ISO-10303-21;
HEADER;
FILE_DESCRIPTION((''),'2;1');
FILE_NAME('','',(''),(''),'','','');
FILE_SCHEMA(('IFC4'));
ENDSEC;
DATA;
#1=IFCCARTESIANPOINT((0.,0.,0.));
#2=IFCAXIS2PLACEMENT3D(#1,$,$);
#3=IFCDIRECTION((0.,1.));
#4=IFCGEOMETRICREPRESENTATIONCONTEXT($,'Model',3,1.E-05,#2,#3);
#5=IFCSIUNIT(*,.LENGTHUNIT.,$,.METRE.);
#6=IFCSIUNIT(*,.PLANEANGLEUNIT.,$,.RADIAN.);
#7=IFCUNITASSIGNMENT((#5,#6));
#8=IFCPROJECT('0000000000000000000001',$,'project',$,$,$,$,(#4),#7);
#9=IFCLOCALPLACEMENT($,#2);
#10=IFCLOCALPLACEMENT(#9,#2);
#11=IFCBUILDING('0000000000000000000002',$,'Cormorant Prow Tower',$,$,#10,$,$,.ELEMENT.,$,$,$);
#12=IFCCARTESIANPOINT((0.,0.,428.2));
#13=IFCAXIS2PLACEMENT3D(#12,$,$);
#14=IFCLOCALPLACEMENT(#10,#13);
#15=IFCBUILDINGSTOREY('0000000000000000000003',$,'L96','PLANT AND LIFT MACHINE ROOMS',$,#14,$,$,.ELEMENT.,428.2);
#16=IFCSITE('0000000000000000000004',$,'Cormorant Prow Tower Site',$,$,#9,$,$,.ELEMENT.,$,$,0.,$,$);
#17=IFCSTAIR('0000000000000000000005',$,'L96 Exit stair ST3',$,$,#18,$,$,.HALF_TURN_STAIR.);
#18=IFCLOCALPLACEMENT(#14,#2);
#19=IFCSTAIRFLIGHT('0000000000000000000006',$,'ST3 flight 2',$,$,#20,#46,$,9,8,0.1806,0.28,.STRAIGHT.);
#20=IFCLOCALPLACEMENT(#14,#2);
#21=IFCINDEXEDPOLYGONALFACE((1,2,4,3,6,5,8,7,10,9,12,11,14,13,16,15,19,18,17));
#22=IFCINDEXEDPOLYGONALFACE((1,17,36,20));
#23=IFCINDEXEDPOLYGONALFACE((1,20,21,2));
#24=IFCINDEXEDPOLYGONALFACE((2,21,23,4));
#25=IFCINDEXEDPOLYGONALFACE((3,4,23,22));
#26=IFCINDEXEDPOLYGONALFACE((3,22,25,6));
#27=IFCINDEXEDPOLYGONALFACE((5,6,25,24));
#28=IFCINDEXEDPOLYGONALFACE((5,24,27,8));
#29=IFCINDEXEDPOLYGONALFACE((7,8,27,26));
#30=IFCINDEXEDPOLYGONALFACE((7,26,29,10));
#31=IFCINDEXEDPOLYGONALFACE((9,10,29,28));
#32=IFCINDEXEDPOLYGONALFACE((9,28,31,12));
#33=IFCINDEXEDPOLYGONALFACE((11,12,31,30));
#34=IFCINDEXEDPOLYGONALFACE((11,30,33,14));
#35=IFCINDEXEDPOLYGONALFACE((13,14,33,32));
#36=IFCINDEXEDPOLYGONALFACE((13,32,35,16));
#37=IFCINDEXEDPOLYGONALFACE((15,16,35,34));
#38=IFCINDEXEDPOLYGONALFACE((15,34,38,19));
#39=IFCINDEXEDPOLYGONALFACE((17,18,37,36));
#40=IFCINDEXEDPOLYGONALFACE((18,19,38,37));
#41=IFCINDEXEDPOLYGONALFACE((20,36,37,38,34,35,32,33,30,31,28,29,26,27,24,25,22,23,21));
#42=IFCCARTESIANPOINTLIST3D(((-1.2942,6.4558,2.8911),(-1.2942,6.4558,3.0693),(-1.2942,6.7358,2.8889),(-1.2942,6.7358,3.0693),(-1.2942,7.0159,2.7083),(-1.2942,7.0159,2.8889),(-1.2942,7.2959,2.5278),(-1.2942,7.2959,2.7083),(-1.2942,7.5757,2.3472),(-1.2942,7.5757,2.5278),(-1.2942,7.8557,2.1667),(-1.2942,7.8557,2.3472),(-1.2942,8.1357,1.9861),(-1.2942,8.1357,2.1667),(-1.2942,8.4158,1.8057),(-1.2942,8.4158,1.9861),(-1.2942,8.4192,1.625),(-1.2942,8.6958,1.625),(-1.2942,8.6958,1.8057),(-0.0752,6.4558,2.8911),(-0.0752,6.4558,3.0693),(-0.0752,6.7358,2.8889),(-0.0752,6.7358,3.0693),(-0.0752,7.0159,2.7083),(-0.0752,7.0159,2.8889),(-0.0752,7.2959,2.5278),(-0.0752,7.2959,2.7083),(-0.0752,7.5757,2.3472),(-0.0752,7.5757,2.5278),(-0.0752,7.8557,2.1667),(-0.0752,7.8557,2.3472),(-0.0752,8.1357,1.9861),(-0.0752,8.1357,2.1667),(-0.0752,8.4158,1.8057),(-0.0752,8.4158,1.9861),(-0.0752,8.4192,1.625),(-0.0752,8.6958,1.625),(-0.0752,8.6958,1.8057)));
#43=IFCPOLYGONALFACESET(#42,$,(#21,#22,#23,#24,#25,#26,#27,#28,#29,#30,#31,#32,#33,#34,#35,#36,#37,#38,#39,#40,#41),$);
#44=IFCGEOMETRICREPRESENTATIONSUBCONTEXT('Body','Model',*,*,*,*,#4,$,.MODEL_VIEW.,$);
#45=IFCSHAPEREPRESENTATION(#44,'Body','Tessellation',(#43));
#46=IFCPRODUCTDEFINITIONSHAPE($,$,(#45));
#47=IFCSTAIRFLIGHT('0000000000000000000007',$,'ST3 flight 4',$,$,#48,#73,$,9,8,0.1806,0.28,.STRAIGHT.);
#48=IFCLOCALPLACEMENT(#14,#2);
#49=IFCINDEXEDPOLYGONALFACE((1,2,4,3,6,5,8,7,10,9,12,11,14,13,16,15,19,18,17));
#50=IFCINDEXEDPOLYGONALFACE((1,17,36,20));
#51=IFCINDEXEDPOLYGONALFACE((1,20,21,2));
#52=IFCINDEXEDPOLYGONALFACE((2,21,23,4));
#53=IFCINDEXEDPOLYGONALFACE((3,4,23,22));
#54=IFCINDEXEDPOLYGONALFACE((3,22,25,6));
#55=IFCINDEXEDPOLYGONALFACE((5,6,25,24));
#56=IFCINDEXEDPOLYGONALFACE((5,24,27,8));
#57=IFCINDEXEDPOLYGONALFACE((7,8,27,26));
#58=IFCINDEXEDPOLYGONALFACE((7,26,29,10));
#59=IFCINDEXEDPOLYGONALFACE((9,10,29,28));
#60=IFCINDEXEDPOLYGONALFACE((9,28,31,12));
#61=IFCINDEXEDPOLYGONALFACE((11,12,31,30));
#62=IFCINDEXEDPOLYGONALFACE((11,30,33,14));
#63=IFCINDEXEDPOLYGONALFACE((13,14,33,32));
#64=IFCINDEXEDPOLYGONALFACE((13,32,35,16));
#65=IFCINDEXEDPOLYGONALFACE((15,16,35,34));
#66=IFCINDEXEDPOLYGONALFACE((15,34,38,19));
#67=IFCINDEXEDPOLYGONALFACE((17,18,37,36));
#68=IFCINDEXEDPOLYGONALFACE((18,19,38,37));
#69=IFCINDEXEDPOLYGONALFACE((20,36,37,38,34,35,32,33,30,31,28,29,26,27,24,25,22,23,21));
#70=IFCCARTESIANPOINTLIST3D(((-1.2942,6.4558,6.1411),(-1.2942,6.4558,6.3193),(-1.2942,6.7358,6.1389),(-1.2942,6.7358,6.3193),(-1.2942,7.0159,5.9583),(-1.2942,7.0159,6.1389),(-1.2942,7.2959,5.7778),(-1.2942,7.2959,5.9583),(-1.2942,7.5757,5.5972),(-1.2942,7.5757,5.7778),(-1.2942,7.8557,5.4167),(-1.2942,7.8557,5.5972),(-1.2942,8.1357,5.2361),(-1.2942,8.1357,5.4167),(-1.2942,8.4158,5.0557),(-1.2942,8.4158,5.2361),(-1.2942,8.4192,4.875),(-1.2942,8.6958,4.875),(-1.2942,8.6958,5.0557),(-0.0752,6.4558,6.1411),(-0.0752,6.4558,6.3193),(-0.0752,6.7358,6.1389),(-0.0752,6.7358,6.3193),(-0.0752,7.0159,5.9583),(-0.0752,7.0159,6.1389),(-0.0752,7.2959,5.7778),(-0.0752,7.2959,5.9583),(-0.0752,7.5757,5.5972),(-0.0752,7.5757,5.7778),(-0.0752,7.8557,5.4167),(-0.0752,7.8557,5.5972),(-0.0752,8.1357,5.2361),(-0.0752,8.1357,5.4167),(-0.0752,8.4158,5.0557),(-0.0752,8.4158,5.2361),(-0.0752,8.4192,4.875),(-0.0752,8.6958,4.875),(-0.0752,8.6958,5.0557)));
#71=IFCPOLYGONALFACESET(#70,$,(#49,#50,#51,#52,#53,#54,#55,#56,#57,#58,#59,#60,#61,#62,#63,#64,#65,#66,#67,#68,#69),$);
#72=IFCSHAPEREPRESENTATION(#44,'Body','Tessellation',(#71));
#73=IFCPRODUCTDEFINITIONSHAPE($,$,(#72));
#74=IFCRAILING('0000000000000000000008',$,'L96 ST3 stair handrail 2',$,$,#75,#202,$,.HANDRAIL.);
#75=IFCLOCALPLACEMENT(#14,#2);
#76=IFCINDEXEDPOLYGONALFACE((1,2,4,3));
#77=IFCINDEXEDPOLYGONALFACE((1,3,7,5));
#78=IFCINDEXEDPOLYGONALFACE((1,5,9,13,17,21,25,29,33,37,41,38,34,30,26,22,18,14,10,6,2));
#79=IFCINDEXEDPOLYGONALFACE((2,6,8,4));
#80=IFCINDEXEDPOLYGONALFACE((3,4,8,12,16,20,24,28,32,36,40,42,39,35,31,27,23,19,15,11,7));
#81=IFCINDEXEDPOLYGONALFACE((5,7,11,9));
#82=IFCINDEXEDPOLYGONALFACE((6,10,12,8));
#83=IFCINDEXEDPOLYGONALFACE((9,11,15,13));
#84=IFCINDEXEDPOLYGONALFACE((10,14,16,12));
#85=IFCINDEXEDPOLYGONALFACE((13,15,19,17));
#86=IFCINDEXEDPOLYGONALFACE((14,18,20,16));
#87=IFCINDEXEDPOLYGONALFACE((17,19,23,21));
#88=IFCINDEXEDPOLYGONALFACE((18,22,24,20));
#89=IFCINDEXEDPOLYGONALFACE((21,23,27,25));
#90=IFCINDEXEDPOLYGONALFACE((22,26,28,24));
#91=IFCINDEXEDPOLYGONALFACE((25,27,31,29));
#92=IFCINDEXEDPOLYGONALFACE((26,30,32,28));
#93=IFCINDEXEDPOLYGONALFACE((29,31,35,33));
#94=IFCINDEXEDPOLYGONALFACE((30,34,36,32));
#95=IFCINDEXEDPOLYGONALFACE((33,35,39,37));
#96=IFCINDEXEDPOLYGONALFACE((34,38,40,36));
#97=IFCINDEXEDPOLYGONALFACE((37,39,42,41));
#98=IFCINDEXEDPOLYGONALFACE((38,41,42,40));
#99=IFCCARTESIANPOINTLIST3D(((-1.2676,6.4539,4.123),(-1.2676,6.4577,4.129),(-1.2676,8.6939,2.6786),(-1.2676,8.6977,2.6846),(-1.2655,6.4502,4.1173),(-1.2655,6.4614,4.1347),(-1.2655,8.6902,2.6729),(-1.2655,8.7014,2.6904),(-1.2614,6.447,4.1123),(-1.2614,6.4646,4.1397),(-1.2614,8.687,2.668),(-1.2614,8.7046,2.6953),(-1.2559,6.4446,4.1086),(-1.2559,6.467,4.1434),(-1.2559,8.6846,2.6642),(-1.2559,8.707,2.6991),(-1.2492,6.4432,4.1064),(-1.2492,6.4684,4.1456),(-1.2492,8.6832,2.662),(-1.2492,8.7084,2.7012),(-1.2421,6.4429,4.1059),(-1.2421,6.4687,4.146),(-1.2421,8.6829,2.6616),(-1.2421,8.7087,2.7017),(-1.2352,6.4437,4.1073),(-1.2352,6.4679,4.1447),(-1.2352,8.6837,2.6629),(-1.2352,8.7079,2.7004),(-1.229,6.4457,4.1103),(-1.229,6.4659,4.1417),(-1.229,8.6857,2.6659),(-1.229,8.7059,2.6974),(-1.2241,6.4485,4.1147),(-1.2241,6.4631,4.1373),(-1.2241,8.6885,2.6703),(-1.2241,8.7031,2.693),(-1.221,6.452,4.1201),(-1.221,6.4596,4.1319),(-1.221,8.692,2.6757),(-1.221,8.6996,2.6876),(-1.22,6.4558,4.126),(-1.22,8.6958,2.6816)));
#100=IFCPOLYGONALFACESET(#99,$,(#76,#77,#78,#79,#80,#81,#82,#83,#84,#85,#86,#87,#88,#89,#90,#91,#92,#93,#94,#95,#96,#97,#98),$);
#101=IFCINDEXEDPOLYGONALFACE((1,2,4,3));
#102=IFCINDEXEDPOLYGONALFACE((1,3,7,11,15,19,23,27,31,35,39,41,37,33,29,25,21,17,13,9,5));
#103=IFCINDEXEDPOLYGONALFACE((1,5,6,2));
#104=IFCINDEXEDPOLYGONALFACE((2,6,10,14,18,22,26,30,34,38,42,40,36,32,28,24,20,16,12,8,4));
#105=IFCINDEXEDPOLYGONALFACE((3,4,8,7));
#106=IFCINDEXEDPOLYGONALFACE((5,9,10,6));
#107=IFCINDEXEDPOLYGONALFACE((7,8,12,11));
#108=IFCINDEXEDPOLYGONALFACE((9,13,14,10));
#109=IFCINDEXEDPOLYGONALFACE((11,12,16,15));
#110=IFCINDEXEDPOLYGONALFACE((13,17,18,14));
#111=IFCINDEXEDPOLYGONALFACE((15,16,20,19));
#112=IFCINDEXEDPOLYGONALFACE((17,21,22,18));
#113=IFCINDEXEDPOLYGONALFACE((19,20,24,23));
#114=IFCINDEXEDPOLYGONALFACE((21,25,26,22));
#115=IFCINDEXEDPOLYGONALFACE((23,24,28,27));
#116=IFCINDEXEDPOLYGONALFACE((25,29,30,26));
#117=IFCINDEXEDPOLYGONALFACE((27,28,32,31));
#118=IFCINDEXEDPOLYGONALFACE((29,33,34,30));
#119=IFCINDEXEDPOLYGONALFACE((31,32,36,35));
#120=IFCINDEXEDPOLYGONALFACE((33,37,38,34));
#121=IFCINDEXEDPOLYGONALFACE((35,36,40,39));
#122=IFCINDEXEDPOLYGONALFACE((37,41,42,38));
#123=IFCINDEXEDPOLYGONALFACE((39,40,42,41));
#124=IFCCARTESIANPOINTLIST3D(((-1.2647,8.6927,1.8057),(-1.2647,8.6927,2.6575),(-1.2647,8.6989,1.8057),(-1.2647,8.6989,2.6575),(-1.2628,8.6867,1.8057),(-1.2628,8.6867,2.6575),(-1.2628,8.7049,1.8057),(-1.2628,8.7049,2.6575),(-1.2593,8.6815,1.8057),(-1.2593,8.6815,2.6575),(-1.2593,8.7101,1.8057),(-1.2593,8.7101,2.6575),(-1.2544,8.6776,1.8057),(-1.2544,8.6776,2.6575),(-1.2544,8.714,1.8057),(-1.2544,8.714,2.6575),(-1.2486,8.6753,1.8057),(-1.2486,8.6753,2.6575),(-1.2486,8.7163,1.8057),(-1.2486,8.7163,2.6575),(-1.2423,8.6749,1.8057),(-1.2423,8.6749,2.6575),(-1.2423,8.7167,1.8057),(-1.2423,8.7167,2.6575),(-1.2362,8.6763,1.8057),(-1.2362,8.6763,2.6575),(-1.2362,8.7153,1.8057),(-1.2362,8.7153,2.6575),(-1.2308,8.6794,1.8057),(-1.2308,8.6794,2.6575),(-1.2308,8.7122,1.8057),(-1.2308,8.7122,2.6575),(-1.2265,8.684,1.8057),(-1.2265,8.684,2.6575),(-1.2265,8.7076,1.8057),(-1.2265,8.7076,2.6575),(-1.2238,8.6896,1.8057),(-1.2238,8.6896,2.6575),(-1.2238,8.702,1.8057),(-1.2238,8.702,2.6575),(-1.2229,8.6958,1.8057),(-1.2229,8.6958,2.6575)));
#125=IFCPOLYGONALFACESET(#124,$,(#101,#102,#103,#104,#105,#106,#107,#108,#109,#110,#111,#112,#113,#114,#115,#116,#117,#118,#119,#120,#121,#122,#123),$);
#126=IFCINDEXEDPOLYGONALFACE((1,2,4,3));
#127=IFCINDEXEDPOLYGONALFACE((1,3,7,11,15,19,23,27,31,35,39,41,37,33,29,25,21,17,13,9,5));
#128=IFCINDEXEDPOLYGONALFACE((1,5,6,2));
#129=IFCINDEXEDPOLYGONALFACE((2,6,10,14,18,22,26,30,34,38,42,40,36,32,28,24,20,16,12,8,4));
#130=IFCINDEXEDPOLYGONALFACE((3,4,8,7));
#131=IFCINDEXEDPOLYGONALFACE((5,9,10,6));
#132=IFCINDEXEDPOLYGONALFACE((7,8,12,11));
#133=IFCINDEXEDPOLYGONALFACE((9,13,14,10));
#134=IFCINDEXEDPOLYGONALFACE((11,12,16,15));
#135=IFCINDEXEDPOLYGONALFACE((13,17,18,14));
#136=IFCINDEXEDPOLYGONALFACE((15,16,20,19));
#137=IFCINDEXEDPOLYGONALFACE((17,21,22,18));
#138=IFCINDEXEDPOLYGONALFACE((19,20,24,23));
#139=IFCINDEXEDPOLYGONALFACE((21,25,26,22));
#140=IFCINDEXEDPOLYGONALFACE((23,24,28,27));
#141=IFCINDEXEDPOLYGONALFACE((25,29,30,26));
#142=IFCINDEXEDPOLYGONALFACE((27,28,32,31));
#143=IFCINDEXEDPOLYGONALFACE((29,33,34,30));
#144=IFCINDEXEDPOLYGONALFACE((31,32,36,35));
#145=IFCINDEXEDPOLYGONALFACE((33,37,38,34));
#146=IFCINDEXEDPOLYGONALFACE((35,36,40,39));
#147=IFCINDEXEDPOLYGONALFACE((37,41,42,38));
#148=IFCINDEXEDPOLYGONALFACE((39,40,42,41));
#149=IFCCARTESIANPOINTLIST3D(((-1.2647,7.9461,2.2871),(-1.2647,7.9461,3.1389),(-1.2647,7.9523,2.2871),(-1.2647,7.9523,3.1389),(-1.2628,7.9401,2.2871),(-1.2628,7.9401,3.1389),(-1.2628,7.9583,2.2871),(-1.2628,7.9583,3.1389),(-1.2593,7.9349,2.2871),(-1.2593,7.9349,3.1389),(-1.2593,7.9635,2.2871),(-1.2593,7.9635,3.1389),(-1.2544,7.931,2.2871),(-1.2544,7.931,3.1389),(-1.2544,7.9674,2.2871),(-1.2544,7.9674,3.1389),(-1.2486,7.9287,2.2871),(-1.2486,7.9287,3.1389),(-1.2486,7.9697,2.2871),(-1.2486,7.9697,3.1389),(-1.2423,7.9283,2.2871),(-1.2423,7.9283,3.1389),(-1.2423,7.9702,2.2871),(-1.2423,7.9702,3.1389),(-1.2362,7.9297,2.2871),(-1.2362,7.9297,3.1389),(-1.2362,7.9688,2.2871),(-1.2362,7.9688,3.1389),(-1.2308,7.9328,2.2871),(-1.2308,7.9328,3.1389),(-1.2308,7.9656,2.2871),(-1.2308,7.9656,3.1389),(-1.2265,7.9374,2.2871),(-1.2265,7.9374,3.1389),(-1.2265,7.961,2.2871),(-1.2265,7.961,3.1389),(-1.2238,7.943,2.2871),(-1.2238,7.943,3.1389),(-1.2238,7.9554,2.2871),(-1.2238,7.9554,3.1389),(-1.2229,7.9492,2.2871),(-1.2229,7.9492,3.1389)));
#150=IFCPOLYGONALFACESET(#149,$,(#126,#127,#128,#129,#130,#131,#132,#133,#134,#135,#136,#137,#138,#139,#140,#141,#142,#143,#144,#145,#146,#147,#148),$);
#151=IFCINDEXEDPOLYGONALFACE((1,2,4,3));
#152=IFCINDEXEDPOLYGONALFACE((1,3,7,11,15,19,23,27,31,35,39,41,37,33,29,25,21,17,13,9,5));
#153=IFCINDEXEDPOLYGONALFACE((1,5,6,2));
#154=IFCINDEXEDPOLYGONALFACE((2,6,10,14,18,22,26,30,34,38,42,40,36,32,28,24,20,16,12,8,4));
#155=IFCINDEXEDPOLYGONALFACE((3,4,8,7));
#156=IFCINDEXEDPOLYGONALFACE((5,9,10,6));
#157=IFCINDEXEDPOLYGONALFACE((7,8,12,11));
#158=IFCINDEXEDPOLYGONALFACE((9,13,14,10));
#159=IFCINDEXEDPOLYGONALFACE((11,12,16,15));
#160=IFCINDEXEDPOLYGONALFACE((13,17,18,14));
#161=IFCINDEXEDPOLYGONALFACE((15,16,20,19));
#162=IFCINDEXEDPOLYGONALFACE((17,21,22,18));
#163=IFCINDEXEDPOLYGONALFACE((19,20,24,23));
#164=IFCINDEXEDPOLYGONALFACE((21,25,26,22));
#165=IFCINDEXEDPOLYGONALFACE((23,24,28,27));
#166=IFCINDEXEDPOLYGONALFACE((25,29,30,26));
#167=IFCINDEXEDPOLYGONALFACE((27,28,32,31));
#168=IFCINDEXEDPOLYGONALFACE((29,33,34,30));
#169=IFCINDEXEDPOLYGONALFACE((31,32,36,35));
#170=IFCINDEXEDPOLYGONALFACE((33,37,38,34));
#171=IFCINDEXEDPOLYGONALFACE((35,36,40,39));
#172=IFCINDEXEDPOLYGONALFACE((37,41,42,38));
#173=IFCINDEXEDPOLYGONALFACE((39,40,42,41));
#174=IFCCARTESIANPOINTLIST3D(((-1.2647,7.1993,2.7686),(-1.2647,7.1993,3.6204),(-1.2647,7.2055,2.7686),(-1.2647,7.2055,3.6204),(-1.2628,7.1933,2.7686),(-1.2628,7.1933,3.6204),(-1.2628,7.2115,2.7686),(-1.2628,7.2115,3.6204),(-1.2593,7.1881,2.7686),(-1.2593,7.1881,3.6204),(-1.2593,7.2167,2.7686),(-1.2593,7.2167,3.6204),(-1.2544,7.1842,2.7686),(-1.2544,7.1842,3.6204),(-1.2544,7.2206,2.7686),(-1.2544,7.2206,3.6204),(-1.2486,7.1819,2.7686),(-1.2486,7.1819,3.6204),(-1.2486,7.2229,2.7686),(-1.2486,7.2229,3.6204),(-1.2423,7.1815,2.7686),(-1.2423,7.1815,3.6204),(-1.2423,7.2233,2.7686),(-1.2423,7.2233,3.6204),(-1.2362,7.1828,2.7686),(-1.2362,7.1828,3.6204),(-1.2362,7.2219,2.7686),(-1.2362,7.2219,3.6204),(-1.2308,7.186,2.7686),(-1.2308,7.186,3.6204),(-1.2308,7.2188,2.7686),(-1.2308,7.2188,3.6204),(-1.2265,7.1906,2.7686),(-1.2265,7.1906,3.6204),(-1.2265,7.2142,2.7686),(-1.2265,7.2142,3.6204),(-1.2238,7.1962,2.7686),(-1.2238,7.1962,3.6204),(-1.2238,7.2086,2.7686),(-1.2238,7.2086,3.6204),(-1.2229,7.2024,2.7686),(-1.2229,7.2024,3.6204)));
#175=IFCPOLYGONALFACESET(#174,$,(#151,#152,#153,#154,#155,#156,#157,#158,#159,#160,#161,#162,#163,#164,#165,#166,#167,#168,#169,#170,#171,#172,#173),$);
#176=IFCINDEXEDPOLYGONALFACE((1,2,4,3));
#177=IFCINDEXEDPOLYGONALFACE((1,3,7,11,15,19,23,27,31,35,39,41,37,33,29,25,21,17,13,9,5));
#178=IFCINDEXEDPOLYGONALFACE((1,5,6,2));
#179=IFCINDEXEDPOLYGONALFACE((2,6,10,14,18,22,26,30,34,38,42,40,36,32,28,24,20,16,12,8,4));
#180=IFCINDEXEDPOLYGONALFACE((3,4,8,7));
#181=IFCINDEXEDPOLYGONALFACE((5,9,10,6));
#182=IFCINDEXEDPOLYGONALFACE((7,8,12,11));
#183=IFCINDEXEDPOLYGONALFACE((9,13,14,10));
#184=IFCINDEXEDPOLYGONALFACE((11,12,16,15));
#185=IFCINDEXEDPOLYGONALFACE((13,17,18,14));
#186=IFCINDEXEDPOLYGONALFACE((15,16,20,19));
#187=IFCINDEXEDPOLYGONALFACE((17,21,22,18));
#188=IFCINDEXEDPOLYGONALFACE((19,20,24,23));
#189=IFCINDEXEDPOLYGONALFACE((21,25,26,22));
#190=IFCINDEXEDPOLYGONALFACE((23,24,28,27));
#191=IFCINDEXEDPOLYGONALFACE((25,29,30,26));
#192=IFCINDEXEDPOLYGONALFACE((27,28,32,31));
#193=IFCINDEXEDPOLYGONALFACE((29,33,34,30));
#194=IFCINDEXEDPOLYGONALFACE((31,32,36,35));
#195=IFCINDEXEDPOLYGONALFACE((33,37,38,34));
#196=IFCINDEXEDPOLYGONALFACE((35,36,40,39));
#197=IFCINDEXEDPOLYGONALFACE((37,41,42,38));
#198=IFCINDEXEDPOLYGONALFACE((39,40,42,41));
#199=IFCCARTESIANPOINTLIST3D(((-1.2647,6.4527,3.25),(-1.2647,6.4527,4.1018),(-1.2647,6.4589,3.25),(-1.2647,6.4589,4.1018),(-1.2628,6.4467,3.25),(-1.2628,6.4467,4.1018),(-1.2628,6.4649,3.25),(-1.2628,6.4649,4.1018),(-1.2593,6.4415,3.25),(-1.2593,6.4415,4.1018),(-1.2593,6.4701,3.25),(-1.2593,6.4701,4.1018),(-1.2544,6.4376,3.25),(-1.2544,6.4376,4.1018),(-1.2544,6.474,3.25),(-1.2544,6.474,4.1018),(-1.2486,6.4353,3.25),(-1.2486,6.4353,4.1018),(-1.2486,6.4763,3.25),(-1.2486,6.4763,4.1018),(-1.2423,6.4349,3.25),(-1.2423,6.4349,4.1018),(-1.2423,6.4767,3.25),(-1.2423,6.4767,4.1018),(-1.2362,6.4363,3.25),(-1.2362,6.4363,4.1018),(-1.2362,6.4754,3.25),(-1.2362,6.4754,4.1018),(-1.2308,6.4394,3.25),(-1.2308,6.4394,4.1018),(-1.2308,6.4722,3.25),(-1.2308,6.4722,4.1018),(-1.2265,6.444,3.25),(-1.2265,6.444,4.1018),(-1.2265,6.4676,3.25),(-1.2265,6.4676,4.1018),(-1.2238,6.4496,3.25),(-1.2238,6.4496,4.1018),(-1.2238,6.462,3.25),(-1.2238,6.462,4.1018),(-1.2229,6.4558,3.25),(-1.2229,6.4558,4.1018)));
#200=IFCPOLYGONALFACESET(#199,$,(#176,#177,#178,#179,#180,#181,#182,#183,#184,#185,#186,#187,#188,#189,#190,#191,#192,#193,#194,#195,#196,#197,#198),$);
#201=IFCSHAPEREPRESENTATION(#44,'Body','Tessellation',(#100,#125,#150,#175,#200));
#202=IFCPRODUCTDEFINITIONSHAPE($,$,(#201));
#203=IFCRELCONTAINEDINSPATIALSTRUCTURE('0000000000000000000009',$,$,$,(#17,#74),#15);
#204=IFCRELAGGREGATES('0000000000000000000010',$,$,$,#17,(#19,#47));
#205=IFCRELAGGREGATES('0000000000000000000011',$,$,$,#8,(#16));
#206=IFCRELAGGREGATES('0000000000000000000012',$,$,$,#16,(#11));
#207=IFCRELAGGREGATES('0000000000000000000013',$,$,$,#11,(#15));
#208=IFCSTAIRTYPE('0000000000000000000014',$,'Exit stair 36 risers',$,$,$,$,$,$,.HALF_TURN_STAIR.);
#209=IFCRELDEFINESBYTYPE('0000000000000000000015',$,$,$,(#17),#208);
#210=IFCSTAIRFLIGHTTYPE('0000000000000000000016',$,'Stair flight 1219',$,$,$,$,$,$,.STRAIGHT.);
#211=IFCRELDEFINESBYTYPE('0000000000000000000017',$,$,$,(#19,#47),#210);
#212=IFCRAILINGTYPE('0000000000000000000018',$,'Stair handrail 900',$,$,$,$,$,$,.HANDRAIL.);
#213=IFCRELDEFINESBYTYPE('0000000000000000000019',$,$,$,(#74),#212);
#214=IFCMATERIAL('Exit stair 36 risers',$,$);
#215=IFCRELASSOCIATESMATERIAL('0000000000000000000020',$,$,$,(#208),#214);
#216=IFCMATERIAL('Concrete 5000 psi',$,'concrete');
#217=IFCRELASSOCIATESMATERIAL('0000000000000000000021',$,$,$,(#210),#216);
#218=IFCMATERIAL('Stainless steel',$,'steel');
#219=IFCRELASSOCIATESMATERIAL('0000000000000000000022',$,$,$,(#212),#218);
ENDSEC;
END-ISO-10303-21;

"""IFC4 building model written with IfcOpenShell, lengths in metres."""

from ifc_helpers import new_model, si_unit, direction, frame, origin, origin_2d, place, context, subcontext, project, spatial, polyline, circle, outline, extrude, material, type_object, element, aggregate, save


model = new_model("IFC4")

# Units and contexts
model_context = context("Model", 3, precision=1e-05, world=origin(), true_north=direction((0.0, 1.0)))
body_context = subcontext(model_context, "Body", "Model", "MODEL_VIEW")
ifc_project = project(units=[si_unit("LENGTHUNIT", "METRE"), si_unit("PLANEANGLEUNIT", "RADIAN")], contexts=[model_context])

# Site, building, storey
site_placement = place(None, origin())
site = spatial("IfcSite", under=ifc_project, at=site_placement, Name="Cormorant Prow Tower Site", CompositionType="ELEMENT", RefElevation=0.0)
building_placement = place(site_placement, origin())
building = spatial("IfcBuilding", under=site, at=building_placement, Name="Cormorant Prow Tower", CompositionType="ELEMENT")
storey_placement = place(building_placement, frame((0.0, 0.0, 428.2)))
storey = spatial("IfcBuildingStorey", under=building, at=storey_placement, Name="L96", Description="PLANT AND LIFT MACHINE ROOMS", CompositionType="ELEMENT", Elevation=428.2)

# Stair, stair flights
ifc_material_1 = material(Name="Exit stair 36 risers")
stair_type = type_object("IfcStairType", Name="Exit stair 36 risers", PredefinedType="HALF_TURN_STAIR", material=ifc_material_1)
stair_placement = place(storey_placement, origin())
stair = element("IfcStair", 1, at=stair_placement, inside=storey, type_object=stair_type, Name="L96 Exit stair ST3", PredefinedType="HALF_TURN_STAIR")
ifc_material_2 = material(Name="Concrete 5000 psi", Category="concrete")
stair_flight_type = type_object("IfcStairFlightType", Name="Stair flight 1219", PredefinedType="STRAIGHT", material=ifc_material_2)
stair_flight_1_placement = place(storey_placement, frame((-0.6846, 8.6958, 1.625), z_axis=(0.0, 0.0, 1.0), x_axis=(0.0, -1.0, 0.0)))
stair_flight_1 = element("IfcStairFlight", 2, at=stair_flight_1_placement, type_object=stair_flight_type, Name="ST3 flight 2", NumberOfRisers=9, NumberOfTreads=8, PredefinedType="STRAIGHT", RiserHeight=0.1806, TreadLength=0.28, context=body_context, shape_type="SweptSolid", body=[
    extrude(outline(polyline([(0.0, 0.0), (0.0, 0.1807), (0.28, 0.1807), (0.28, 0.3611), (0.5601, 0.3611), (0.5601, 0.5417), (0.8401, 0.5417), (0.8401, 0.7222), (1.1201, 0.7222), (1.1201, 0.9028), (1.3999, 0.9028), (1.3999, 1.0833), (1.6799, 1.0833), (1.6799, 1.2639), (1.96, 1.2639), (1.96, 1.4443), (2.24, 1.4443), (2.24, 1.625), (2.24, 1.2661), (0.2766, 0.0), (0.0, 0.0)])), frame((0.0, 0.6094, 0.0), z_axis=(0.0, -1.0, 0.0), x_axis=(1.0, 0.0, 0.0)), (0.0, 0.0, 1.0), 1.219),
])
stair_flight_2_placement = place(storey_placement, frame((-0.6846, 8.6958, 4.875), z_axis=(0.0, 0.0, 1.0), x_axis=(0.0, -1.0, 0.0)))
stair_flight_2 = element("IfcStairFlight", 3, at=stair_flight_2_placement, type_object=stair_flight_type, Name="ST3 flight 4", NumberOfRisers=9, NumberOfTreads=8, PredefinedType="STRAIGHT", RiserHeight=0.1806, TreadLength=0.28, context=body_context, shape_type="SweptSolid", body=[
    extrude(outline(polyline([(0.0, 0.0), (0.0, 0.1807), (0.28, 0.1807), (0.28, 0.3611), (0.5601, 0.3611), (0.5601, 0.5417), (0.8401, 0.5417), (0.8401, 0.7222), (1.1201, 0.7222), (1.1201, 0.9028), (1.3999, 0.9028), (1.3999, 1.0833), (1.6799, 1.0833), (1.6799, 1.2639), (1.96, 1.2639), (1.96, 1.4443), (2.24, 1.4443), (2.24, 1.625), (2.24, 1.2661), (0.2766, 0.0), (0.0, 0.0)])), frame((0.0, 0.6094, 0.0), z_axis=(0.0, -1.0, 0.0), x_axis=(1.0, 0.0, 0.0)), (0.0, 0.0, 1.0), 1.219),
])
aggregate(stair, [stair_flight_1, stair_flight_2])

# Railing
ifc_material_3 = material(Name="Stainless steel", Category="steel")
railing_type = type_object("IfcRailingType", Name="Stair handrail 900", PredefinedType="HANDRAIL", material=ifc_material_3)
for number, where, name in (
    (4, (-1.2439, 8.6958, 1.8057), "L96 ST3 stair handrail 2"),
):
    element("IfcRailing", number, at=place(storey_placement, frame(where)), inside=storey, type_object=railing_type, Name=name, PredefinedType="HANDRAIL", context=body_context, shape_type="SweptSolid", body=[
        extrude(circle(Radius=0.0239, at=origin_2d()), frame((0.0, 0.0, 0.876), z_axis=(0.0, -0.840437, 0.54191), x_axis=(1.0, 0.0, 0.0)), (0.0, 0.0, 1.0), 2.6653),
        extrude(circle(Radius=0.021, at=origin_2d()), origin(), (0.0, 0.0, 1.0), 0.8518),
        extrude(circle(Radius=0.021, at=origin_2d()), frame((0.0, -0.7466, 0.4814)), (0.0, 0.0, 1.0), 0.8518),
        extrude(circle(Radius=0.021, at=origin_2d()), frame((0.0, -1.4934, 0.9629)), (0.0, 0.0, 1.0), 0.8518),
        extrude(circle(Radius=0.021, at=origin_2d()), frame((0.0, -2.24, 1.4443)), (0.0, 0.0, 1.0), 0.8518),
    ])

save(model, "model.ifc")
